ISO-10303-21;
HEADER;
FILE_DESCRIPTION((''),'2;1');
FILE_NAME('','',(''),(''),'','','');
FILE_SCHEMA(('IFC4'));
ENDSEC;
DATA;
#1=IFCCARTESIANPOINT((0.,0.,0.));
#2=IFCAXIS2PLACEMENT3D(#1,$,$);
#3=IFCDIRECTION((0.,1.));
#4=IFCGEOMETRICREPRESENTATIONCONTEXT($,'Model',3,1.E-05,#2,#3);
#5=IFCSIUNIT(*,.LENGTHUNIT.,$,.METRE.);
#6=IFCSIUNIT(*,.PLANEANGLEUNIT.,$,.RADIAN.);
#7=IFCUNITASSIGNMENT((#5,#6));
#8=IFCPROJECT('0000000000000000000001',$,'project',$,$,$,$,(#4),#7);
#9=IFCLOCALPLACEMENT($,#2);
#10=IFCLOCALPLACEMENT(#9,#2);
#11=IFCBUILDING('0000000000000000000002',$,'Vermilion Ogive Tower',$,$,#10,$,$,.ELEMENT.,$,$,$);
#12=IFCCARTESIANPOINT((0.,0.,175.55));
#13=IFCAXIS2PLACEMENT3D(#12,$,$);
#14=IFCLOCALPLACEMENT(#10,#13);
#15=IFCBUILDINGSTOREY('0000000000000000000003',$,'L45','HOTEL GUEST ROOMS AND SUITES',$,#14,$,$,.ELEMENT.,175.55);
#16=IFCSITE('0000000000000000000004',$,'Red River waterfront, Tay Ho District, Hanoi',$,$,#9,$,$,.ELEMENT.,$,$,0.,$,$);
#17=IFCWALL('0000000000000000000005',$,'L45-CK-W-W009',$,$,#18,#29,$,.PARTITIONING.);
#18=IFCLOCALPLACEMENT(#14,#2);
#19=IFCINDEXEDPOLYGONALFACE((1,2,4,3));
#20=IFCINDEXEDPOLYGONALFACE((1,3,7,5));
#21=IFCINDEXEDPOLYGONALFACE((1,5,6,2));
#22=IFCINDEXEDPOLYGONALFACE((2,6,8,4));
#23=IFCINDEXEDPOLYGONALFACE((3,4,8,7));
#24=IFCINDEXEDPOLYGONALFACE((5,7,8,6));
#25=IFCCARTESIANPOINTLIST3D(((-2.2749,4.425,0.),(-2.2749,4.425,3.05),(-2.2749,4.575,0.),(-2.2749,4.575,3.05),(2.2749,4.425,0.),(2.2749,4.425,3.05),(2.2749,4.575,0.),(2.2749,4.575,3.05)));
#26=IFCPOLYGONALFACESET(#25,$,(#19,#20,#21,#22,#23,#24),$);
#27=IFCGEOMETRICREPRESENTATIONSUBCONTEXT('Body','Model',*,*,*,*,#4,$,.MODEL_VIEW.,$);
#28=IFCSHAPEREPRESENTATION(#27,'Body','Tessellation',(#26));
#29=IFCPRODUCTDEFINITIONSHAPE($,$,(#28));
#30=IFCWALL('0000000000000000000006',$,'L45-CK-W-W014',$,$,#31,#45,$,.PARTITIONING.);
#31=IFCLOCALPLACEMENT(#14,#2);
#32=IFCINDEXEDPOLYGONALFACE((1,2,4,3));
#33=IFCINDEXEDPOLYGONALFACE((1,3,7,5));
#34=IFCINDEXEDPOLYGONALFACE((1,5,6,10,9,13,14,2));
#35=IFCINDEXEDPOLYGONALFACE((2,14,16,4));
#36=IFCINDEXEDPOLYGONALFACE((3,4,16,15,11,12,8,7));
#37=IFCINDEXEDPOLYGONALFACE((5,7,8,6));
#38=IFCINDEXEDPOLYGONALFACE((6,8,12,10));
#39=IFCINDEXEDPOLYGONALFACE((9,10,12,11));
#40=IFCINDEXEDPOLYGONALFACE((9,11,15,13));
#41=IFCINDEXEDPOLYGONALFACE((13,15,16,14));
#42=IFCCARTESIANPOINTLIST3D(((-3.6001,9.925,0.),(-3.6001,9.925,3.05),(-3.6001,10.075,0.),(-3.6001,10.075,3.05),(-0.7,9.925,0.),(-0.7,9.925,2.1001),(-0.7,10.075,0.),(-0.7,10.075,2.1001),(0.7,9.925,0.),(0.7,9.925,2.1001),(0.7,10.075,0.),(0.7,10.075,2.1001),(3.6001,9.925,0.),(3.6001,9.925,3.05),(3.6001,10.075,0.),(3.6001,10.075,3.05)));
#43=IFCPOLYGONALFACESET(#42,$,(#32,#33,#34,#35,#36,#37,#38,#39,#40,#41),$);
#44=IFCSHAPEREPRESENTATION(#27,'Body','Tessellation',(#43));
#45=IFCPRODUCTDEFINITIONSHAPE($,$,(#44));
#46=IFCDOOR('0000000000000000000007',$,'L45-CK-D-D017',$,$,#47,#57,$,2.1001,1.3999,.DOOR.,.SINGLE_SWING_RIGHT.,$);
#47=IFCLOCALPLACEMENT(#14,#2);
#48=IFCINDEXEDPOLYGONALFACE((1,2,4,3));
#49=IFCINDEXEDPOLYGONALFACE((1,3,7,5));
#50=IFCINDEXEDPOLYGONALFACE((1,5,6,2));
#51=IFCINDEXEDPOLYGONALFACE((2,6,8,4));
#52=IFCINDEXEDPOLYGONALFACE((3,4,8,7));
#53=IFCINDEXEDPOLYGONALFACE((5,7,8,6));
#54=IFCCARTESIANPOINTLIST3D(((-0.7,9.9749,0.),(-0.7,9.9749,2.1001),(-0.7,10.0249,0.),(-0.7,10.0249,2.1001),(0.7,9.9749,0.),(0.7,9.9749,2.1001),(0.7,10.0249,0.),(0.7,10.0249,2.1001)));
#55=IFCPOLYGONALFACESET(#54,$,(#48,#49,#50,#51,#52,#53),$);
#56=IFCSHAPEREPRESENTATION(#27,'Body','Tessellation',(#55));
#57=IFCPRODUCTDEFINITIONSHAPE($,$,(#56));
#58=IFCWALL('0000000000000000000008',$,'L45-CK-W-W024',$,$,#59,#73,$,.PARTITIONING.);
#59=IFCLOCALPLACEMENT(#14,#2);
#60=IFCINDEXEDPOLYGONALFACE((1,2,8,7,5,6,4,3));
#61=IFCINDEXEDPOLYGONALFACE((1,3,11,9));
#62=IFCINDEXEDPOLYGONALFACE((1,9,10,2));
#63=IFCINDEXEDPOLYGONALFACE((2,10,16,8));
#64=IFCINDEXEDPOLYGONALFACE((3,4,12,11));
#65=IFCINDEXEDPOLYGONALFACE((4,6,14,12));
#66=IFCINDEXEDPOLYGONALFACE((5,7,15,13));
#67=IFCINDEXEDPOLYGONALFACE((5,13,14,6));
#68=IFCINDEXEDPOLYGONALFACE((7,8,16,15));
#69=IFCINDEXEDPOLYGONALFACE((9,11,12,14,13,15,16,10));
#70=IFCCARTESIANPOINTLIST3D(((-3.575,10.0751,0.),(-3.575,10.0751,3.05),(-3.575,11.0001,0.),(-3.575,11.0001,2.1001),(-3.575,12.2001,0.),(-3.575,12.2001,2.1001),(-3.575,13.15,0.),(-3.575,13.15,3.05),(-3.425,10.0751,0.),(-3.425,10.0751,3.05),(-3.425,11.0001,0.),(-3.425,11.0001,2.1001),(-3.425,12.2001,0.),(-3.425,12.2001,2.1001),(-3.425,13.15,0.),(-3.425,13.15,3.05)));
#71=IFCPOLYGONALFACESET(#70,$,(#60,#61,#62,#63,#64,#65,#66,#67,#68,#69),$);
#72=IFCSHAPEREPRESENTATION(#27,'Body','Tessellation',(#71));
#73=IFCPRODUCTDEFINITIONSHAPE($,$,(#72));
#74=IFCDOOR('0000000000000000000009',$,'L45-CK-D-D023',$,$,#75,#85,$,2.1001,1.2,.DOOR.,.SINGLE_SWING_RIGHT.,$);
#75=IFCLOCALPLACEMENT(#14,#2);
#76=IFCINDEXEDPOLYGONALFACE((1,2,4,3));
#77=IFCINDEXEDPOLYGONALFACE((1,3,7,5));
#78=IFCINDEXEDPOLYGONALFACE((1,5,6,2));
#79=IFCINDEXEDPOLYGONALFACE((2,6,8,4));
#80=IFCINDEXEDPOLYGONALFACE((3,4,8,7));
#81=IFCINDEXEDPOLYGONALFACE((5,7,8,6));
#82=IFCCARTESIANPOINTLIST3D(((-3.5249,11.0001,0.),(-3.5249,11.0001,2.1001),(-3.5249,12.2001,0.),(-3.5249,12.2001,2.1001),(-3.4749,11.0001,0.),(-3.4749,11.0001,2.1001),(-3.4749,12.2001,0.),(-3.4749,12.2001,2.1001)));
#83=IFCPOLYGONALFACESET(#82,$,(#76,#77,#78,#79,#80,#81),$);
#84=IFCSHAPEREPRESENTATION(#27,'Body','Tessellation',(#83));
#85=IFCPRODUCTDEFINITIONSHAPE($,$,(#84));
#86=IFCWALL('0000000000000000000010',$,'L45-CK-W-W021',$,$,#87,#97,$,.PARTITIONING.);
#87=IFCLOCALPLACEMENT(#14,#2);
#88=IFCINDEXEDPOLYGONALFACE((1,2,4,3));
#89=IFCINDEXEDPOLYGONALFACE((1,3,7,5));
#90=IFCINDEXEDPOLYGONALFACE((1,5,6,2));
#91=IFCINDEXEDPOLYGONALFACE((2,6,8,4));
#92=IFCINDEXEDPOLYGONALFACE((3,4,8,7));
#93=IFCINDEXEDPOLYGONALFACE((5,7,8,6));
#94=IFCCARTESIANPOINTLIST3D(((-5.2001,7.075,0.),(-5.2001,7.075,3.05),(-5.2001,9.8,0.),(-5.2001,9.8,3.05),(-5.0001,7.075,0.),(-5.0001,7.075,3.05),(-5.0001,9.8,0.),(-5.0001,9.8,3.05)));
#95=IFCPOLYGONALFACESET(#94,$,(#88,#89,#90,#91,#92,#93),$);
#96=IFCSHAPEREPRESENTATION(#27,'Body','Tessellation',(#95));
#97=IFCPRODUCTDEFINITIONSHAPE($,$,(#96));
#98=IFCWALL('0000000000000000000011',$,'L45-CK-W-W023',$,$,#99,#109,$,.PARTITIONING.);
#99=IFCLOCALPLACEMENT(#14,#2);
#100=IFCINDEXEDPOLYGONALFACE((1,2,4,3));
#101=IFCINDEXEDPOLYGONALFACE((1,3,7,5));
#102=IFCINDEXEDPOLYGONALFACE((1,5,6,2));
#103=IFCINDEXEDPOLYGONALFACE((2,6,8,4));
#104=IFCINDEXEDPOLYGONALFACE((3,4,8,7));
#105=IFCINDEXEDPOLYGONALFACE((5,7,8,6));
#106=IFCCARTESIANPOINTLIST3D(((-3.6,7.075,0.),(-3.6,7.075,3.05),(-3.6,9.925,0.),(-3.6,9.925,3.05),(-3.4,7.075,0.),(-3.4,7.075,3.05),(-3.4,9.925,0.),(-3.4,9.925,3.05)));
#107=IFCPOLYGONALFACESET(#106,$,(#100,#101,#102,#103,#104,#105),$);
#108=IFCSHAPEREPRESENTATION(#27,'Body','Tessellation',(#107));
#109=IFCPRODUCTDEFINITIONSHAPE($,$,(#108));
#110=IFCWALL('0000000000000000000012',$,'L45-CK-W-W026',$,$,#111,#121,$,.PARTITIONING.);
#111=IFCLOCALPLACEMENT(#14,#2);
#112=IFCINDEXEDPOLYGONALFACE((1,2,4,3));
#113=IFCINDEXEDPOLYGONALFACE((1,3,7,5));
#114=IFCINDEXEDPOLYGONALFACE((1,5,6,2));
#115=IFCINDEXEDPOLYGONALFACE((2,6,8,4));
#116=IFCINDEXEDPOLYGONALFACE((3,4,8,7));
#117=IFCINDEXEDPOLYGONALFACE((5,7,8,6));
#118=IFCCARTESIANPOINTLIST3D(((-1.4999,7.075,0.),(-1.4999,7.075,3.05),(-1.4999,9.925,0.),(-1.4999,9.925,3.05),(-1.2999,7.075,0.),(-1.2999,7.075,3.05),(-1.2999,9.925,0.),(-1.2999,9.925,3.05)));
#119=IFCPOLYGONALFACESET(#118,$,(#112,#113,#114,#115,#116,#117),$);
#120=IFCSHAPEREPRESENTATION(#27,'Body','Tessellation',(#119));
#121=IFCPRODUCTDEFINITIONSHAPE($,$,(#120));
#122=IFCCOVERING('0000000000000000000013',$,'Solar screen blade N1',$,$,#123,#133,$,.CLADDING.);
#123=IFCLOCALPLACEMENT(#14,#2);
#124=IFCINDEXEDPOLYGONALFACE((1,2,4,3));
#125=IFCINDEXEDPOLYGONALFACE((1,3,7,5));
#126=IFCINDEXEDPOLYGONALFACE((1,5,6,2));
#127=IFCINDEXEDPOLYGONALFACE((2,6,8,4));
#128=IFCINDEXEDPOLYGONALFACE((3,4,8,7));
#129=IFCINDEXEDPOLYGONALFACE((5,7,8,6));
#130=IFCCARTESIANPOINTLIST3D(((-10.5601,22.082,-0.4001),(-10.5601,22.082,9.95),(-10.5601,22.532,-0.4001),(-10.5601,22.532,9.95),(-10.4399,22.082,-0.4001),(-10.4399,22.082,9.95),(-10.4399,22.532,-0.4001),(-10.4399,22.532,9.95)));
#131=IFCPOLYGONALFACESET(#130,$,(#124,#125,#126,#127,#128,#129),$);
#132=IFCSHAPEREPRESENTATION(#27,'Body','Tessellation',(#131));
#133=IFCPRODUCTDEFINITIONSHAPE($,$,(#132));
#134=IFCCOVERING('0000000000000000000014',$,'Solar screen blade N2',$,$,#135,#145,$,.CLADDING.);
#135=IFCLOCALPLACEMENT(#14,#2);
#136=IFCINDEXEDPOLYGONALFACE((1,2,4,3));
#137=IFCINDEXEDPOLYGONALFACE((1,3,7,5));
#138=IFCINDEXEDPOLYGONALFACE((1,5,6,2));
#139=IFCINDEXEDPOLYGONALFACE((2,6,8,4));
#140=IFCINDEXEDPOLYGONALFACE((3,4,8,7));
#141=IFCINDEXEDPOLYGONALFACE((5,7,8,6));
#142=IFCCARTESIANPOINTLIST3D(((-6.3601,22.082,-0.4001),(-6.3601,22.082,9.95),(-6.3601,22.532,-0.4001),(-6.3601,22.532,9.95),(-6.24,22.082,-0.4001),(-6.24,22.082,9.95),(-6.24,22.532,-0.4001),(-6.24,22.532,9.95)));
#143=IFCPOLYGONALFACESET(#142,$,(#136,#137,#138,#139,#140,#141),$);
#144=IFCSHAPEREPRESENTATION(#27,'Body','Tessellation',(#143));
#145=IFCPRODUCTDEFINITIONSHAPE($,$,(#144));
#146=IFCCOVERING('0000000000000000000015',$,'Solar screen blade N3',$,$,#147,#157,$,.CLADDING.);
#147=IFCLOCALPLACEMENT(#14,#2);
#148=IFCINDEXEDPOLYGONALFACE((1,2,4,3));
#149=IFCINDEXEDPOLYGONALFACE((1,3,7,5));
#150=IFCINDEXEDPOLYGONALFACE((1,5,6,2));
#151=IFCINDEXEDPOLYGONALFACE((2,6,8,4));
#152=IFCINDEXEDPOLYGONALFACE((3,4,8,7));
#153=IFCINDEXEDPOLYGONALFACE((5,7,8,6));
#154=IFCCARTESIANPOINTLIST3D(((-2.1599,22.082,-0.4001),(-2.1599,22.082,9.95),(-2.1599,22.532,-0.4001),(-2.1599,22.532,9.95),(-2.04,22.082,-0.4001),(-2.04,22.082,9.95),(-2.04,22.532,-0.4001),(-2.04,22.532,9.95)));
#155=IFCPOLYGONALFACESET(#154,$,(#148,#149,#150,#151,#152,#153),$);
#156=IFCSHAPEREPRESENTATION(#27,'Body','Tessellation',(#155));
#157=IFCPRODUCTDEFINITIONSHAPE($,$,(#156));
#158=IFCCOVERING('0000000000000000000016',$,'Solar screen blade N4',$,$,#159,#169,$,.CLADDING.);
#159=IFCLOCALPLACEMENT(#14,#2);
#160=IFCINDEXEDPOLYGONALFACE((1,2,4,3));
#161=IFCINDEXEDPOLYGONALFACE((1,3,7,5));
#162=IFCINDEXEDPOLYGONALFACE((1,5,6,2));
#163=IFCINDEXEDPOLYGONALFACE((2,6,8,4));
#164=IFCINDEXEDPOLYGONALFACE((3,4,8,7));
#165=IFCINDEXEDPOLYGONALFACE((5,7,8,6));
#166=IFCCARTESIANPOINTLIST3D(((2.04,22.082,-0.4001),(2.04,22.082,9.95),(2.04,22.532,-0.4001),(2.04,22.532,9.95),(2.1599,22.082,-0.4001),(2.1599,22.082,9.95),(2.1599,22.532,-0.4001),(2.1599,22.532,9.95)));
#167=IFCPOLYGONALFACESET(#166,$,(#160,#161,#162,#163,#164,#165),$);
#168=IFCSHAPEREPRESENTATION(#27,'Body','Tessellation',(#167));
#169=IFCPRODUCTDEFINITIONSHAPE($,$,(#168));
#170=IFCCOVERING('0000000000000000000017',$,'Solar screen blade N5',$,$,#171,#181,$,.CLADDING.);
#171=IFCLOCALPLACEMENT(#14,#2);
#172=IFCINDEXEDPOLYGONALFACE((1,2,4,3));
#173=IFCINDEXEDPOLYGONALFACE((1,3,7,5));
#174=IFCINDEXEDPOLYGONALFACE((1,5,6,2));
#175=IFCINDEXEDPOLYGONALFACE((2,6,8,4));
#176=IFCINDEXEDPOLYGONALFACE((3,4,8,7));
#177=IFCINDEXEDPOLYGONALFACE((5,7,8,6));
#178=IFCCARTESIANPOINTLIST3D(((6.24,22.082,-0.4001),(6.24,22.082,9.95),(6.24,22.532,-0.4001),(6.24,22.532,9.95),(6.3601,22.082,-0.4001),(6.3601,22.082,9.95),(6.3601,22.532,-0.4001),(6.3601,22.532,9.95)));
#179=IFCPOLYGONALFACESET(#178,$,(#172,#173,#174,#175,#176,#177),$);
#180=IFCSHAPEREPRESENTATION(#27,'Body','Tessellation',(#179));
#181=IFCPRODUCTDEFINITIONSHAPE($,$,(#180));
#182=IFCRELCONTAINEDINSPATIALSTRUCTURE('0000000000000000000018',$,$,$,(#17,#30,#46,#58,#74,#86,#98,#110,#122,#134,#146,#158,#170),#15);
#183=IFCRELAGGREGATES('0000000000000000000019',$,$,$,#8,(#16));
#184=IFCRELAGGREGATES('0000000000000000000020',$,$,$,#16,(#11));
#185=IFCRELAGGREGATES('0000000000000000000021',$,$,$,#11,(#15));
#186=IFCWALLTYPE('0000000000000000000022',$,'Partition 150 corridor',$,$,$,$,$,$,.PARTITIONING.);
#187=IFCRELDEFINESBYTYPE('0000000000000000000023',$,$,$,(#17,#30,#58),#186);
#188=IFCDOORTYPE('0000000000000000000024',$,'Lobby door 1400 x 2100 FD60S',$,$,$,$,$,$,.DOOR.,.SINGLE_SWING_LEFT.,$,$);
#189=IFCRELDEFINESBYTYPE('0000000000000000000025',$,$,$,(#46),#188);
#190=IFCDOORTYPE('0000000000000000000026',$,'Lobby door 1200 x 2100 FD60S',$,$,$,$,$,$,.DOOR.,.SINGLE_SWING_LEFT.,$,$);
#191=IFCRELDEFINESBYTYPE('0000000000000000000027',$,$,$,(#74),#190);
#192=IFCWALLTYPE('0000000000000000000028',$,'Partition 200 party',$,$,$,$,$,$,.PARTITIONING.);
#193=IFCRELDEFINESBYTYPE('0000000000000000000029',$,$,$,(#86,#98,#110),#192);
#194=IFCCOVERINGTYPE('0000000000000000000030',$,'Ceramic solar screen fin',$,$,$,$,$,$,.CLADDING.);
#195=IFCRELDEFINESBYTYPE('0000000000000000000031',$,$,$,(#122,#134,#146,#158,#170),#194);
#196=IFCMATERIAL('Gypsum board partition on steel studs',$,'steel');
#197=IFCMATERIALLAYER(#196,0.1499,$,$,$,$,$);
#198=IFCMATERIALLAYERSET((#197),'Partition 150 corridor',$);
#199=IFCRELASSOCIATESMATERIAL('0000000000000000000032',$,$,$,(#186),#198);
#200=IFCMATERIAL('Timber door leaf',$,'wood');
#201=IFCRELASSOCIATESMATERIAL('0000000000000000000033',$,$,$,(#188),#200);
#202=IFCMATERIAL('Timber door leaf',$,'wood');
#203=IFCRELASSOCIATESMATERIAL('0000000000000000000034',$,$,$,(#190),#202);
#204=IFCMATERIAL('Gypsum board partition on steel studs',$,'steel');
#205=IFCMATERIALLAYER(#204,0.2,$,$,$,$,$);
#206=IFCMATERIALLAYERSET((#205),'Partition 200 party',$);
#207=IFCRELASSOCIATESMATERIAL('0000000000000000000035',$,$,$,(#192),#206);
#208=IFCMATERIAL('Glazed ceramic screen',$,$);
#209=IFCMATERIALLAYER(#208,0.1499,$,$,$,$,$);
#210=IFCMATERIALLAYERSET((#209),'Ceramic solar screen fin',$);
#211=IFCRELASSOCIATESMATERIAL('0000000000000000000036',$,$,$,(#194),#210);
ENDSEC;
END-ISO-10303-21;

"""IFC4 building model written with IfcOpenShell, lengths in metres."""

from ifc_helpers import new_model, si_unit, direction, frame, frame_2d, origin, place, context, subcontext, project, spatial, polyline, rectangle, outline, extrude, material, layer, layer_set, type_object, element, fill, save


model = new_model("IFC4")

# Units and contexts
model_context = context("Model", 3, precision=1e-05, world=origin(), true_north=direction((0.0, 1.0)))
body_context = subcontext(model_context, "Body", "Model", "MODEL_VIEW")
ifc_project = project(units=[si_unit("LENGTHUNIT", "METRE"), si_unit("PLANEANGLEUNIT", "RADIAN")], contexts=[model_context])

# Site, building, storey
site_placement = place(None, origin())
site = spatial("IfcSite", under=ifc_project, at=site_placement, Name="Red River waterfront, Tay Ho District, Hanoi", CompositionType="ELEMENT", RefElevation=0.0)
building_placement = place(site_placement, origin())
building = spatial("IfcBuilding", under=site, at=building_placement, Name="Vermilion Ogive Tower", CompositionType="ELEMENT")
storey_placement = place(building_placement, frame((0.0, 0.0, 175.55)))
storey = spatial("IfcBuildingStorey", under=building, at=storey_placement, Name="L45", Description="HOTEL GUEST ROOMS AND SUITES", CompositionType="ELEMENT", Elevation=175.55)

# Wall
ifc_material_1 = material(Name="Gypsum board partition on steel studs", Category="steel")
ifc_layer_1 = layer(ifc_material_1, 0.1499)
ifc_layer_set_1 = layer_set([ifc_layer_1], Name="Partition 150 corridor")
wall_type_1 = type_object("IfcWallType", Name="Partition 150 corridor", PredefinedType="PARTITIONING", material=ifc_layer_set_1)
wall_1_placement = place(storey_placement, frame((-2.2749, 4.5, 0.0), z_axis=(0.0, 0.0, 1.0), x_axis=(1.0, 0.0, 0.0)))
element("IfcWall", 1, at=wall_1_placement, inside=storey, type_object=wall_type_1, Name="L45-CK-W-W009", PredefinedType="PARTITIONING", context=body_context, shape_type="SweptSolid", body=[
    extrude(rectangle(XDim=4.5498, YDim=0.1499, at=frame_2d((2.2749, 0.0))), origin(), (0.0, 0.0, 1.0), 3.05),
])

# Walls, openings, doors
wall_2_placement = place(storey_placement, frame((-3.6001, 10.0, 0.0), z_axis=(0.0, 0.0, 1.0), x_axis=(1.0, 0.0, 0.0)))
wall_2 = element("IfcWall", 2, at=wall_2_placement, inside=storey, type_object=wall_type_1, Name="L45-CK-W-W014", PredefinedType="PARTITIONING", context=body_context, shape_type="SweptSolid", body=[
    extrude(rectangle(XDim=7.2002, YDim=0.1499, at=frame_2d((3.6001, 0.0))), origin(), (0.0, 0.0, 1.0), 3.05),
])
opening_1_placement = place(wall_2_placement, frame((2.9001, 0.0, 0.0)))
opening_1 = element("IfcOpeningElement", 3, at=opening_1_placement, cuts=wall_2, PredefinedType="OPENING", context=body_context, shape_type="SweptSolid", body=[
    extrude(rectangle(XDim=1.3999, YDim=2.1001, at=frame_2d((0.7, 1.05))), frame((0.0, 0.085, 0.0), z_axis=(0.0, -1.0, 0.0), x_axis=(1.0, 0.0, 0.0)), (0.0, 0.0, 1.0), 0.1699),
])
ifc_material_2 = material(Name="Timber door leaf", Category="wood")
door_type_1 = type_object("IfcDoorType", Name="Lobby door 1400 x 2100 FD60S", OperationType="SINGLE_SWING_LEFT", PredefinedType="DOOR", material=ifc_material_2)
door_1_placement = place(opening_1_placement, origin())
door_1 = element("IfcDoor", 4, at=door_1_placement, inside=storey, type_object=door_type_1, Name="L45-CK-D-D017", OperationType="SINGLE_SWING_RIGHT", OverallHeight=2.1001, OverallWidth=1.3999, PredefinedType="DOOR", context=body_context, shape_type="SweptSolid", body=[
    extrude(rectangle(XDim=1.3999, YDim=2.1001, at=frame_2d((0.7, 1.05))), frame((0.0, 0.0249, 0.0), z_axis=(0.0, -1.0, 0.0), x_axis=(1.0, 0.0, 0.0)), (0.0, 0.0, 1.0), 0.05),
])
fill(opening_1, door_1)
wall_3_placement = place(storey_placement, frame((-3.5, 10.075, 0.0), z_axis=(0.0, 0.0, 1.0), x_axis=(0.0, 1.0, 0.0)))
wall_3 = element("IfcWall", 5, at=wall_3_placement, inside=storey, type_object=wall_type_1, Name="L45-CK-W-W024", PredefinedType="PARTITIONING", context=body_context, shape_type="SweptSolid", body=[
    extrude(rectangle(XDim=3.075, YDim=0.1499, at=frame_2d((1.5376, 0.0))), origin(), (0.0, 0.0, 1.0), 3.05),
])
opening_2_placement = place(wall_3_placement, frame((0.925, 0.0, 0.0)))
opening_2 = element("IfcOpeningElement", 6, at=opening_2_placement, cuts=wall_3, PredefinedType="OPENING", context=body_context, shape_type="SweptSolid", body=[
    extrude(rectangle(XDim=1.2, YDim=2.1001, at=frame_2d((0.6001, 1.05))), frame((0.0, 0.085, 0.0), z_axis=(0.0, -1.0, 0.0), x_axis=(1.0, 0.0, 0.0)), (0.0, 0.0, 1.0), 0.1699),
])
ifc_material_3 = material(Name="Timber door leaf", Category="wood")
door_type_2 = type_object("IfcDoorType", Name="Lobby door 1200 x 2100 FD60S", OperationType="SINGLE_SWING_LEFT", PredefinedType="DOOR", material=ifc_material_3)
door_2_placement = place(opening_2_placement, origin())
door_2 = element("IfcDoor", 7, at=door_2_placement, inside=storey, type_object=door_type_2, Name="L45-CK-D-D023", OperationType="SINGLE_SWING_RIGHT", OverallHeight=2.1001, OverallWidth=1.2, PredefinedType="DOOR", context=body_context, shape_type="SweptSolid", body=[
    extrude(rectangle(XDim=1.2, YDim=2.1001, at=frame_2d((0.6001, 1.05))), frame((0.0, 0.0249, 0.0), z_axis=(0.0, -1.0, 0.0), x_axis=(1.0, 0.0, 0.0)), (0.0, 0.0, 1.0), 0.05),
])
fill(opening_2, door_2)

# Walls
ifc_material_4 = material(Name="Gypsum board partition on steel studs", Category="steel")
ifc_layer_2 = layer(ifc_material_4, 0.2)
ifc_layer_set_2 = layer_set([ifc_layer_2], Name="Partition 200 party")
wall_type_2 = type_object("IfcWallType", Name="Partition 200 party", PredefinedType="PARTITIONING", material=ifc_layer_set_2)
wall_4_placement = place(storey_placement, frame((-5.1001, 7.075, 0.0), z_axis=(0.0, 0.0, 1.0), x_axis=(0.0, 1.0, 0.0)))
element("IfcWall", 8, at=wall_4_placement, inside=storey, type_object=wall_type_2, Name="L45-CK-W-W021", PredefinedType="PARTITIONING", context=body_context, shape_type="SweptSolid", body=[
    extrude(rectangle(XDim=2.7251, YDim=0.2, at=frame_2d((1.3625, 0.0))), origin(), (0.0, 0.0, 1.0), 3.05),
])
for number, where, z_axis, x_axis, name in (
    (9, (-3.5, 7.075, 0.0), (0.0, 0.0, 1.0), (0.0, 1.0, 0.0), "L45-CK-W-W023"),
    (10, (-1.3999, 7.075, 0.0), (0.0, 0.0, 1.0), (0.0, 1.0, 0.0), "L45-CK-W-W026"),
):
    element("IfcWall", number, at=place(storey_placement, frame(where, z_axis=z_axis, x_axis=x_axis)), inside=storey, type_object=wall_type_2, Name=name, PredefinedType="PARTITIONING", context=body_context, shape_type="SweptSolid", body=[
        extrude(rectangle(XDim=2.8501, YDim=0.2, at=frame_2d((1.425, 0.0))), origin(), (0.0, 0.0, 1.0), 3.05),
    ])

# Coverings
ifc_material_5 = material(Name="Glazed ceramic screen")
ifc_layer_3 = layer(ifc_material_5, 0.1499)
ifc_layer_set_3 = layer_set([ifc_layer_3], Name="Ceramic solar screen fin")
covering_type_1 = type_object("IfcCoveringType", Name="Ceramic solar screen fin", PredefinedType="CLADDING", material=ifc_layer_set_3)
covering_1_placement = place(storey_placement, frame((0.0, 0.0, -0.4001)))
element("IfcCovering", 11, at=covering_1_placement, inside=storey, type_object=covering_type_1, Name="Solar screen blade N1", PredefinedType="CLADDING", context=body_context, shape_type="SweptSolid", body=[
    extrude(outline(polyline([(-10.5601, 22.082), (-10.4399, 22.082), (-10.4399, 22.532), (-10.5601, 22.532), (-10.5601, 22.082)])), origin(), (0.0, 0.0, 1.0), 10.3501),
])
covering_2_placement = place(storey_placement, frame((0.0, 0.0, -0.4001)))
element("IfcCovering", 12, at=covering_2_placement, inside=storey, type_object=covering_type_1, Name="Solar screen blade N2", PredefinedType="CLADDING", context=body_context, shape_type="SweptSolid", body=[
    extrude(outline(polyline([(-6.3601, 22.082), (-6.24, 22.082), (-6.24, 22.532), (-6.3601, 22.532), (-6.3601, 22.082)])), origin(), (0.0, 0.0, 1.0), 10.3501),
])
covering_3_placement = place(storey_placement, frame((0.0, 0.0, -0.4001)))
element("IfcCovering", 13, at=covering_3_placement, inside=storey, type_object=covering_type_1, Name="Solar screen blade N3", PredefinedType="CLADDING", context=body_context, shape_type="SweptSolid", body=[
    extrude(outline(polyline([(-2.1599, 22.082), (-2.04, 22.082), (-2.04, 22.532), (-2.1599, 22.532), (-2.1599, 22.082)])), origin(), (0.0, 0.0, 1.0), 10.3501),
])
covering_4_placement = place(storey_placement, frame((0.0, 0.0, -0.4001)))
element("IfcCovering", 14, at=covering_4_placement, inside=storey, type_object=covering_type_1, Name="Solar screen blade N4", PredefinedType="CLADDING", context=body_context, shape_type="SweptSolid", body=[
    extrude(outline(polyline([(2.04, 22.082), (2.1599, 22.082), (2.1599, 22.532), (2.04, 22.532), (2.04, 22.082)])), origin(), (0.0, 0.0, 1.0), 10.3501),
])
covering_5_placement = place(storey_placement, frame((0.0, 0.0, -0.4001)))
element("IfcCovering", 15, at=covering_5_placement, inside=storey, type_object=covering_type_1, Name="Solar screen blade N5", PredefinedType="CLADDING", context=body_context, shape_type="SweptSolid", body=[
    extrude(outline(polyline([(6.24, 22.082), (6.3601, 22.082), (6.3601, 22.532), (6.24, 22.532), (6.24, 22.082)])), origin(), (0.0, 0.0, 1.0), 10.3501),
])

save(model, "model.ifc")
